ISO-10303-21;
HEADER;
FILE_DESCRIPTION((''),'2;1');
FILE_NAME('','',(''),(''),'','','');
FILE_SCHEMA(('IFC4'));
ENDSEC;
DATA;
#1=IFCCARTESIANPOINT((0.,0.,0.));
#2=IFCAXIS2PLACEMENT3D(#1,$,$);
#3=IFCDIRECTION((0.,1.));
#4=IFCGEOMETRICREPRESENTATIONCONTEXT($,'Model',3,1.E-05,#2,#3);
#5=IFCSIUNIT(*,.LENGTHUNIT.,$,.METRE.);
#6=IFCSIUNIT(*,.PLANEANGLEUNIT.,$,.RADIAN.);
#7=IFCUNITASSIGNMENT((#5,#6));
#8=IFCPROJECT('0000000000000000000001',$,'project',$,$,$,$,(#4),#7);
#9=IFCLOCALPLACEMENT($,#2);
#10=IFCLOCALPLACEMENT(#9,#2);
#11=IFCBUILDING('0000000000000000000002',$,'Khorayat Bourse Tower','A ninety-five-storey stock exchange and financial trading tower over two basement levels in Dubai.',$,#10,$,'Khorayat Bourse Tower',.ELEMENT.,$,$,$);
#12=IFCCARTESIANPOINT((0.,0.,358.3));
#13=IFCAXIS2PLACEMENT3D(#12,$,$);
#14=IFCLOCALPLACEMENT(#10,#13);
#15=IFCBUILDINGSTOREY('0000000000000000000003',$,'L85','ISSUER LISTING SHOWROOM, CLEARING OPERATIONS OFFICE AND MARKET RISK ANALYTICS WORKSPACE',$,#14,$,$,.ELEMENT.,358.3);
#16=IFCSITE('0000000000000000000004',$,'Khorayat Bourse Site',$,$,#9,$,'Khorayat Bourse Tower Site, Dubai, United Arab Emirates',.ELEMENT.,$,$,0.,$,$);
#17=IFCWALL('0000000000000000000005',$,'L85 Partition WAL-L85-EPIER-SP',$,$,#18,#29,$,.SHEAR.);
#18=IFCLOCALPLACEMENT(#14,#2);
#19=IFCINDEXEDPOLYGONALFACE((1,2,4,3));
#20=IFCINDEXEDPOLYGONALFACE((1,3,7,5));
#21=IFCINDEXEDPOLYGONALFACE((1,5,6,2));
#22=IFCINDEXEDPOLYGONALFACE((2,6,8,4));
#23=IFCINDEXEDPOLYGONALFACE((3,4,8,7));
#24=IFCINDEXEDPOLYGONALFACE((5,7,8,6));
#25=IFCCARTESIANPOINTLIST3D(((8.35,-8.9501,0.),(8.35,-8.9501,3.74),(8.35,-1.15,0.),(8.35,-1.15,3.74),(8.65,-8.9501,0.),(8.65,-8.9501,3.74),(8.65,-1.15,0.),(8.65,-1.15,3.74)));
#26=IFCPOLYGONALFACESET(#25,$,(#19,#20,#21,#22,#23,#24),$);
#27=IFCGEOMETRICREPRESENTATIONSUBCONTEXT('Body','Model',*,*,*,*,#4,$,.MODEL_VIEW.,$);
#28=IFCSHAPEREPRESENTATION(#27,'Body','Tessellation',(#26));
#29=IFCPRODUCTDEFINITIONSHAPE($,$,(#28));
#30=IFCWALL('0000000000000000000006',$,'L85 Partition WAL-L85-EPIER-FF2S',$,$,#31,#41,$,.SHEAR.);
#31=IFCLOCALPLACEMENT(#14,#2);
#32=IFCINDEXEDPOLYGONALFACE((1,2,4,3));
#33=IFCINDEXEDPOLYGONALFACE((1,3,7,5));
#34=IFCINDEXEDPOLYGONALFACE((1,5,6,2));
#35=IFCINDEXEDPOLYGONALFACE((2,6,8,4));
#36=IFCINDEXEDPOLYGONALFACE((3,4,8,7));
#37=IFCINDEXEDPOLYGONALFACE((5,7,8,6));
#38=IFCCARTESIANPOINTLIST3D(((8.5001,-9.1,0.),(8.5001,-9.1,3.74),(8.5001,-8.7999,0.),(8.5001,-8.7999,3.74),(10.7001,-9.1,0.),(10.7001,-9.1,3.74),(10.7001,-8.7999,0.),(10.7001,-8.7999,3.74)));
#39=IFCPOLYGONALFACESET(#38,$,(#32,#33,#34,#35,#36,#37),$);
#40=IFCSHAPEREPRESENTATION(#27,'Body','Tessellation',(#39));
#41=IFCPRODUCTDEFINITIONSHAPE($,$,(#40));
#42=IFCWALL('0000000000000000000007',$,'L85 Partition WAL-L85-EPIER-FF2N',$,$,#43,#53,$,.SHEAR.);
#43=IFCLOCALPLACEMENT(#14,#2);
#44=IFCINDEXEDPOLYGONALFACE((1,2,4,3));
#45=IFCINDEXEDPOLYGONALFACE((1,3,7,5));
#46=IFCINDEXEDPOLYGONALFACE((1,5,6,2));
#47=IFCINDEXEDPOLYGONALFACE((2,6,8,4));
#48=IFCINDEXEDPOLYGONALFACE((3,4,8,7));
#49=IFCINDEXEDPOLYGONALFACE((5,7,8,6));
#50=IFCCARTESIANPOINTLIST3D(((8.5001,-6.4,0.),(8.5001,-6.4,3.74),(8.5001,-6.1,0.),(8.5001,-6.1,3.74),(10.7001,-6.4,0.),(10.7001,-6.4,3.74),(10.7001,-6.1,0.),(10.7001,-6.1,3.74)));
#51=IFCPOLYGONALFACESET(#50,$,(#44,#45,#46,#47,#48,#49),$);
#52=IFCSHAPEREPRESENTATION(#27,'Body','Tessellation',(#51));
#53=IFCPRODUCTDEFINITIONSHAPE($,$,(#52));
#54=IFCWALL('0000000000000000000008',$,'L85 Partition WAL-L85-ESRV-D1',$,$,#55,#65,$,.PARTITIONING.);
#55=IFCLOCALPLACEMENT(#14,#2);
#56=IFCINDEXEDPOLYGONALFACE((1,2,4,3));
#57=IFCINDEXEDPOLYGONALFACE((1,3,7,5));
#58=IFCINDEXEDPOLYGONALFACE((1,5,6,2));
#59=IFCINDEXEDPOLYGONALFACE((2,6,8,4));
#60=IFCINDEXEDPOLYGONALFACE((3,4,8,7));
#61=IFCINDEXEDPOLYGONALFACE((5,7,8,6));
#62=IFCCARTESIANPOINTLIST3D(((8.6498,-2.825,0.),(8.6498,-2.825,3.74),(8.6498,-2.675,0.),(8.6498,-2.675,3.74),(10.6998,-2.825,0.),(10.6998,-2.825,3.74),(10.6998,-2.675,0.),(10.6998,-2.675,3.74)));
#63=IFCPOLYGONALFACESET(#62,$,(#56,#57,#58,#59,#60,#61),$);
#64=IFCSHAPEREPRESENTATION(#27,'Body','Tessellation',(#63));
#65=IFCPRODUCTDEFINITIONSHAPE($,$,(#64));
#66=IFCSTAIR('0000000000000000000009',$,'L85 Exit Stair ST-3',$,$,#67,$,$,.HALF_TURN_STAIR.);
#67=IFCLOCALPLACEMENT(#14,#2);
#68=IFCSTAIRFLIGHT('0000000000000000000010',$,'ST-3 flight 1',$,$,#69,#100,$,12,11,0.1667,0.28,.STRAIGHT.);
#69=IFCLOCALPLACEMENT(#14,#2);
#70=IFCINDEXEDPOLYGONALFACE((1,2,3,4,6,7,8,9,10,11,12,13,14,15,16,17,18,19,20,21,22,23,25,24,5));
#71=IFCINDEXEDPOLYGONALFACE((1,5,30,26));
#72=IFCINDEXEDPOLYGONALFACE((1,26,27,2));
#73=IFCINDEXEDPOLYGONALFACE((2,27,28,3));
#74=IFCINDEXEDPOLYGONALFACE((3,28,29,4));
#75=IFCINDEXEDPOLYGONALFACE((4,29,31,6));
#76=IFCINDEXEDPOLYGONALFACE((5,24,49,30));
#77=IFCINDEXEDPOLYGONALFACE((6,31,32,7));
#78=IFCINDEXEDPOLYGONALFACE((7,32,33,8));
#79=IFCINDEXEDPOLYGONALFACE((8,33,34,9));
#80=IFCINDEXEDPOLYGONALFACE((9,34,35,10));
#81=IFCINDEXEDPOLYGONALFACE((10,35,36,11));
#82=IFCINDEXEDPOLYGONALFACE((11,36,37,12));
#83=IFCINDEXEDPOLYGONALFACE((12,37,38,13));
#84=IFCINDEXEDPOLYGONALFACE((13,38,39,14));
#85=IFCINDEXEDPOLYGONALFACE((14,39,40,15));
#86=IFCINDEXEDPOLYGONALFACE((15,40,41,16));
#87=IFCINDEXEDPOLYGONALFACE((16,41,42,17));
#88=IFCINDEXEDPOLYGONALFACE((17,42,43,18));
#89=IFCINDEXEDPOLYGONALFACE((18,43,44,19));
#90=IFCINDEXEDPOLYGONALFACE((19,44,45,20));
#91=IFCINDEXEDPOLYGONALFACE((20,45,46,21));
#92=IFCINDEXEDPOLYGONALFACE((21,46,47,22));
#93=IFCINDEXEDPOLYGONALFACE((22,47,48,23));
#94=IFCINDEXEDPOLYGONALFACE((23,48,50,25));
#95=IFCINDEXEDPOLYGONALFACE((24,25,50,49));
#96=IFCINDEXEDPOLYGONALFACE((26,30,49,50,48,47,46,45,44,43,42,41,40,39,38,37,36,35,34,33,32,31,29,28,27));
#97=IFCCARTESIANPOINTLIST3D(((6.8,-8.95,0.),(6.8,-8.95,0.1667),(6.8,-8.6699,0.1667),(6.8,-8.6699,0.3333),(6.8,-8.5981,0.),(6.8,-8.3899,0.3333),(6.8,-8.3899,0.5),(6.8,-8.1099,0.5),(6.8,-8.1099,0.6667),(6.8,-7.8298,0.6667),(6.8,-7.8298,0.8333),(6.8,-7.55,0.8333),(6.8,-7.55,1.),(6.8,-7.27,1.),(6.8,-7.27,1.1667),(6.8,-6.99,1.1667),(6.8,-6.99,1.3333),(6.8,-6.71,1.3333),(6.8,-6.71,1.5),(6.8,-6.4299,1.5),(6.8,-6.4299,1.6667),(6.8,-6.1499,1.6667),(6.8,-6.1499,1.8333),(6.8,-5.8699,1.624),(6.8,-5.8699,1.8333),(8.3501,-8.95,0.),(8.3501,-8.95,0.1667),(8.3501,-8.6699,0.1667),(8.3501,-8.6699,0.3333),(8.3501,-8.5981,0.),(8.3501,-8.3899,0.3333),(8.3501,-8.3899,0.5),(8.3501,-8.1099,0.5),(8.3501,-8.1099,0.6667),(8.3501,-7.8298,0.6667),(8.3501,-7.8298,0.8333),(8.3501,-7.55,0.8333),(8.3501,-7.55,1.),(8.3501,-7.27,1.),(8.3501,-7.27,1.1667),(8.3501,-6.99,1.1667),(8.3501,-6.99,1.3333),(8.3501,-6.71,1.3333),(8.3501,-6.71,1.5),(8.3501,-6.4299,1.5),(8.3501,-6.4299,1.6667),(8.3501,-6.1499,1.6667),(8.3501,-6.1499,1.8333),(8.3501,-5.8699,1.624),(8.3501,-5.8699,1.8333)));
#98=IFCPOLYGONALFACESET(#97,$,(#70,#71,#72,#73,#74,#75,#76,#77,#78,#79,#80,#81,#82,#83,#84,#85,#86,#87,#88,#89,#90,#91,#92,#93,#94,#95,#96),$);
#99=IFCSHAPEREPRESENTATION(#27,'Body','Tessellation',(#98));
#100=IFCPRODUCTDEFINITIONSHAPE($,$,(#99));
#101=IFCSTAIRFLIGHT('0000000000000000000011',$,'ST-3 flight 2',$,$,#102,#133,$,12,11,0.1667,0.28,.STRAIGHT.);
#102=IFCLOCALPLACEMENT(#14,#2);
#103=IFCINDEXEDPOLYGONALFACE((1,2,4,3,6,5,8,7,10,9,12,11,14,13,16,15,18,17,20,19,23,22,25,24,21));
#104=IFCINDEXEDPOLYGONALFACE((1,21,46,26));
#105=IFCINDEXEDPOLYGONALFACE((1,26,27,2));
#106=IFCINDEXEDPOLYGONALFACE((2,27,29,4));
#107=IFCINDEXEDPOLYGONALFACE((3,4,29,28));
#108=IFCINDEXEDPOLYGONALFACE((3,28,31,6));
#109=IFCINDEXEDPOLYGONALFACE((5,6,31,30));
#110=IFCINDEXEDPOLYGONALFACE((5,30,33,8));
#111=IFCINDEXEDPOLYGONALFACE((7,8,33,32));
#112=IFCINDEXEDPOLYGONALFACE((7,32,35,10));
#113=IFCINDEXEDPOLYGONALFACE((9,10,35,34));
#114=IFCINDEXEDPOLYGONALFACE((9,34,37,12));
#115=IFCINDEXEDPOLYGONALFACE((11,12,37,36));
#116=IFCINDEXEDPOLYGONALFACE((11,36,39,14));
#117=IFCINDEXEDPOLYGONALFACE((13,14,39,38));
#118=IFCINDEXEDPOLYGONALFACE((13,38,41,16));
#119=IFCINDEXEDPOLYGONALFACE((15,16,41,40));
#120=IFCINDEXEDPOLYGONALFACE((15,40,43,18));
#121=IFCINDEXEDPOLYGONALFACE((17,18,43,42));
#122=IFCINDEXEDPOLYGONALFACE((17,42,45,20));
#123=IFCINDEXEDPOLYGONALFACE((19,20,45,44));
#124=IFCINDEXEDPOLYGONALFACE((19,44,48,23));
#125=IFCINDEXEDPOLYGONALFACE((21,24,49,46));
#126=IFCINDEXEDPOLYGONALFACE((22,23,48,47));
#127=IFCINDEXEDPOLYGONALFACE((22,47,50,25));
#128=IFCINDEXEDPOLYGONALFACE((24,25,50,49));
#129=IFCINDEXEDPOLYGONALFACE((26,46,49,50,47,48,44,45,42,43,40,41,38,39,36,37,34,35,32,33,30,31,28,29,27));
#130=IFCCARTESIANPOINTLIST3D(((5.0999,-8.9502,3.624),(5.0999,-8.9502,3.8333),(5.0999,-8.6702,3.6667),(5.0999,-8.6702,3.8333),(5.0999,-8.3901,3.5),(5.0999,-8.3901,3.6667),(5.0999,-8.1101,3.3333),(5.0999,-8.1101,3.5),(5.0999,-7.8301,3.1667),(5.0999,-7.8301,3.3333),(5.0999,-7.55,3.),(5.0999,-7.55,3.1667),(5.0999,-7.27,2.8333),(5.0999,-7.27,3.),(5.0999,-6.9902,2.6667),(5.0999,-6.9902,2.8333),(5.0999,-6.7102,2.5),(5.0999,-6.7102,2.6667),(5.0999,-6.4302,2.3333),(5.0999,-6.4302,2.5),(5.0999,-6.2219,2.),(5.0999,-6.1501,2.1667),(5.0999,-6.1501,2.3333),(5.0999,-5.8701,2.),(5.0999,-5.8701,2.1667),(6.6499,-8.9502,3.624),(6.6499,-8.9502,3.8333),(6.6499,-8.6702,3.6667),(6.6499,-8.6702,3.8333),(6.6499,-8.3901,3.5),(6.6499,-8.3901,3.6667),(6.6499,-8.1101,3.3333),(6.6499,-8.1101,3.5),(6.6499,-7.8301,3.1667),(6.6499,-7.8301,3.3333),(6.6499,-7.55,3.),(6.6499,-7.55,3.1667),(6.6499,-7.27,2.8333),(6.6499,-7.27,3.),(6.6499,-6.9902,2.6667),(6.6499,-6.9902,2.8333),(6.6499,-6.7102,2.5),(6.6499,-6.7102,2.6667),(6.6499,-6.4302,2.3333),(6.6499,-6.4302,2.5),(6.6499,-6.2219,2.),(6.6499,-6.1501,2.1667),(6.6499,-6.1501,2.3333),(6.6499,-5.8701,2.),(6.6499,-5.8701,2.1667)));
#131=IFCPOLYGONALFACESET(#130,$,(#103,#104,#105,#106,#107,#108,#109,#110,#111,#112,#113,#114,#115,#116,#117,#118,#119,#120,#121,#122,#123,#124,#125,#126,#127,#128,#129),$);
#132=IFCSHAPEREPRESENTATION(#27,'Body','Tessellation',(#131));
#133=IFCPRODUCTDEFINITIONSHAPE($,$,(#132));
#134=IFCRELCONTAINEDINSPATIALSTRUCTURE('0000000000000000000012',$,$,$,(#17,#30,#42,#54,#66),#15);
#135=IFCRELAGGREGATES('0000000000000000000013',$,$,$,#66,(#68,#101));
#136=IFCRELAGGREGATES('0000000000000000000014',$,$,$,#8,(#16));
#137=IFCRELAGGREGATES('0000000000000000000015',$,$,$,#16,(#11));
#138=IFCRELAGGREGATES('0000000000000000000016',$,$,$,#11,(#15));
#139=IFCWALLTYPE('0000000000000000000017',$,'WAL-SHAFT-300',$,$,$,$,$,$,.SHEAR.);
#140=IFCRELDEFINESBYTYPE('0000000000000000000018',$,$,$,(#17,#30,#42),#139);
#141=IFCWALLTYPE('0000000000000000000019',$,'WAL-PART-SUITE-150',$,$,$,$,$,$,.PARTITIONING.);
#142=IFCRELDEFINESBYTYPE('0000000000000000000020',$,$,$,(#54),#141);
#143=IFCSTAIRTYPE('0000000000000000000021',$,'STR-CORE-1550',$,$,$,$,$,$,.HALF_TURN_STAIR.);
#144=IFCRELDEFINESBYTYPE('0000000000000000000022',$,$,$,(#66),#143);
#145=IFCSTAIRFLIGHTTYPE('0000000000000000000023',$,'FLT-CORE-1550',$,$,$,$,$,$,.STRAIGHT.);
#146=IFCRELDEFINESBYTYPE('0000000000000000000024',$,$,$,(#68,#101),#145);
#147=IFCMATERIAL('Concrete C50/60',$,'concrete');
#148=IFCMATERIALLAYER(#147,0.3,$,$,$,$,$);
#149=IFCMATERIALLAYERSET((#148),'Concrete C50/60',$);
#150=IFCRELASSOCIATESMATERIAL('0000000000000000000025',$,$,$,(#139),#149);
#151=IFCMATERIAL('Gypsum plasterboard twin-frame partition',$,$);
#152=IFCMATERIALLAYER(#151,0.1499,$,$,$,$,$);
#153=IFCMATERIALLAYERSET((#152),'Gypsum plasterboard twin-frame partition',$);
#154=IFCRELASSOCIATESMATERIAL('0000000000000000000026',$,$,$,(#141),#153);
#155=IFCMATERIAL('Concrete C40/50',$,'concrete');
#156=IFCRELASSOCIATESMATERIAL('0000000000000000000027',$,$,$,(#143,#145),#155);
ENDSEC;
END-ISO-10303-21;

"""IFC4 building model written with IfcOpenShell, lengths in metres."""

from ifc_helpers import new_model, si_unit, direction, frame, frame_2d, origin, place, context, subcontext, project, spatial, polyline, rectangle, outline, extrude, source, transform, mapped, material, layer, layer_set, type_object, element, aggregate, save


model = new_model("IFC4")

# Units and contexts
model_context = context("Model", 3, precision=1e-05, world=origin(), true_north=direction((0.0, 1.0)))
body_context = subcontext(model_context, "Body", "Model", "MODEL_VIEW")
ifc_project = project(units=[si_unit("LENGTHUNIT", "METRE"), si_unit("PLANEANGLEUNIT", "RADIAN")], contexts=[model_context])

# Site, building, storey
site_placement = place(None, origin())
site = spatial("IfcSite", under=ifc_project, at=site_placement, Name="Khorayat Bourse Site", LongName="Khorayat Bourse Tower Site, Dubai, United Arab Emirates", CompositionType="ELEMENT", RefElevation=0.0)
building_placement = place(site_placement, origin())
building = spatial("IfcBuilding", under=site, at=building_placement, Name="Khorayat Bourse Tower", Description="A ninety-five-storey stock exchange and financial trading tower over two basement levels in Dubai.", LongName="Khorayat Bourse Tower", CompositionType="ELEMENT")
storey_placement = place(building_placement, frame((0.0, 0.0, 358.3)))
storey = spatial("IfcBuildingStorey", under=building, at=storey_placement, Name="L85", Description="ISSUER LISTING SHOWROOM, CLEARING OPERATIONS OFFICE AND MARKET RISK ANALYTICS WORKSPACE", CompositionType="ELEMENT", Elevation=358.3)

# Walls
ifc_material_1 = material(Name="Concrete C50/60", Category="concrete")
ifc_layer_1 = layer(ifc_material_1, 0.3)
ifc_layer_set_1 = layer_set([ifc_layer_1], Name="Concrete C50/60")
wall_type_1 = type_object("IfcWallType", Name="WAL-SHAFT-300", PredefinedType="SHEAR", material=ifc_layer_set_1)
shared_shape_1 = source(origin(), body_context, "Body", "SweptSolid", [
    extrude(rectangle(XDim=7.8, YDim=0.3, at=frame_2d((3.8999, 0.0))), origin(), (0.0, 0.0, 1.0), 3.74),
])
wall_1_placement = place(storey_placement, frame((8.5, -8.95, 0.0), z_axis=(0.0, 0.0, 1.0), x_axis=(0.0, 1.0, 0.0)))
element("IfcWall", 1, at=wall_1_placement, inside=storey, type_object=wall_type_1, Name="L85 Partition WAL-L85-EPIER-SP", PredefinedType="SHEAR", context=body_context, shape_type="MappedRepresentation", body=[
    mapped(shared_shape_1, transform((0.0, 0.0, 0.0), scale=1.0)),
])
shared_shape_2 = source(origin(), body_context, "Body", "SweptSolid", [
    extrude(rectangle(XDim=2.2, YDim=0.3, at=frame_2d((1.1001, 0.0))), origin(), (0.0, 0.0, 1.0), 3.74),
])
for number, where, z_axis, x_axis, name in (
    (2, (8.5, -8.95, 0.0), (0.0, 0.0, 1.0), (1.0, 0.0, 0.0), "L85 Partition WAL-L85-EPIER-FF2S"),
    (3, (8.5, -6.25, 0.0), (0.0, 0.0, 1.0), (1.0, 0.0, 0.0), "L85 Partition WAL-L85-EPIER-FF2N"),
):
    element("IfcWall", number, at=place(storey_placement, frame(where, z_axis=z_axis, x_axis=x_axis)), inside=storey, type_object=wall_type_1, Name=name, PredefinedType="SHEAR", context=body_context, shape_type="MappedRepresentation", body=[
        mapped(shared_shape_2, transform((0.0, 0.0, 0.0), scale=1.0)),
    ])
ifc_material_2 = material(Name="Gypsum plasterboard twin-frame partition")
ifc_layer_2 = layer(ifc_material_2, 0.1499)
ifc_layer_set_2 = layer_set([ifc_layer_2], Name="Gypsum plasterboard twin-frame partition")
wall_type_2 = type_object("IfcWallType", Name="WAL-PART-SUITE-150", PredefinedType="PARTITIONING", material=ifc_layer_set_2)
shared_shape_3 = source(origin(), body_context, "Body", "SweptSolid", [
    extrude(rectangle(XDim=2.05, YDim=0.1499, at=frame_2d((1.0249, 0.0))), origin(), (0.0, 0.0, 1.0), 3.74),
])
wall_2_placement = place(storey_placement, frame((8.6499, -2.75, 0.0), z_axis=(0.0, 0.0, 1.0), x_axis=(1.0, 0.0, 0.0)))
element("IfcWall", 4, at=wall_2_placement, inside=storey, type_object=wall_type_2, Name="L85 Partition WAL-L85-ESRV-D1", PredefinedType="PARTITIONING", context=body_context, shape_type="MappedRepresentation", body=[
    mapped(shared_shape_3, transform((0.0, 0.0, 0.0), scale=1.0)),
])

# Stair, stair flights
ifc_material_3 = material(Name="Concrete C40/50", Category="concrete")
stair_type = type_object("IfcStairType", Name="STR-CORE-1550", PredefinedType="HALF_TURN_STAIR", material=ifc_material_3)
stair_placement = place(storey_placement, origin())
stair = element("IfcStair", 5, at=stair_placement, inside=storey, type_object=stair_type, Name="L85 Exit Stair ST-3", PredefinedType="HALF_TURN_STAIR")
stair_flight_type = type_object("IfcStairFlightType", Name="FLT-CORE-1550", PredefinedType="STRAIGHT", material=ifc_material_3)
shared_shape_4 = source(origin(), body_context, "Body", "SweptSolid", [
    extrude(outline(polyline([(0.0, 0.0), (0.0, 0.1667), (0.28, 0.1667), (0.28, 0.3333), (0.5601, 0.3333), (0.5601, 0.5), (0.8401, 0.5), (0.8401, 0.6667), (1.1201, 0.6667), (1.1201, 0.8333), (1.3999, 0.8333), (1.3999, 1.0), (1.6799, 1.0), (1.6799, 1.1667), (1.96, 1.1667), (1.96, 1.3333), (2.24, 1.3333), (2.24, 1.5), (2.52, 1.5), (2.52, 1.6667), (2.8, 1.6667), (2.8, 1.8333), (3.0801, 1.8333), (3.0801, 2.0), (3.0801, 1.624), (0.3518, 0.0), (0.0, 0.0)])), frame((0.0, 0.7749, 0.0), z_axis=(0.0, -1.0, 0.0), x_axis=(1.0, 0.0, 0.0)), (0.0, 0.0, 1.0), 1.55),
])
stair_flight_1_placement = place(storey_placement, frame((7.575, -8.95, 0.0), z_axis=(0.0, 0.0, 1.0), x_axis=(0.0, 1.0, 0.0)))
stair_flight_1 = element("IfcStairFlight", 6, at=stair_flight_1_placement, type_object=stair_flight_type, Name="ST-3 flight 1", NumberOfRisers=12, NumberOfTreads=11, PredefinedType="STRAIGHT", RiserHeight=0.1667, TreadLength=0.28, context=body_context, shape_type="MappedRepresentation", body=[
    mapped(shared_shape_4, transform((0.0, 0.0, 0.0), scale=1.0)),
])
stair_flight_2_placement = place(storey_placement, frame((5.875, -5.8701, 2.0), z_axis=(0.0, 0.0, 1.0), x_axis=(0.0, -1.0, 0.0)))
stair_flight_2 = element("IfcStairFlight", 7, at=stair_flight_2_placement, type_object=stair_flight_type, Name="ST-3 flight 2", NumberOfRisers=12, NumberOfTreads=11, PredefinedType="STRAIGHT", RiserHeight=0.1667, TreadLength=0.28, context=body_context, shape_type="MappedRepresentation", body=[
    mapped(shared_shape_4, transform((0.0, 0.0, 0.0), scale=1.0)),
])
aggregate(stair, [stair_flight_1, stair_flight_2])

save(model, "model.ifc")
